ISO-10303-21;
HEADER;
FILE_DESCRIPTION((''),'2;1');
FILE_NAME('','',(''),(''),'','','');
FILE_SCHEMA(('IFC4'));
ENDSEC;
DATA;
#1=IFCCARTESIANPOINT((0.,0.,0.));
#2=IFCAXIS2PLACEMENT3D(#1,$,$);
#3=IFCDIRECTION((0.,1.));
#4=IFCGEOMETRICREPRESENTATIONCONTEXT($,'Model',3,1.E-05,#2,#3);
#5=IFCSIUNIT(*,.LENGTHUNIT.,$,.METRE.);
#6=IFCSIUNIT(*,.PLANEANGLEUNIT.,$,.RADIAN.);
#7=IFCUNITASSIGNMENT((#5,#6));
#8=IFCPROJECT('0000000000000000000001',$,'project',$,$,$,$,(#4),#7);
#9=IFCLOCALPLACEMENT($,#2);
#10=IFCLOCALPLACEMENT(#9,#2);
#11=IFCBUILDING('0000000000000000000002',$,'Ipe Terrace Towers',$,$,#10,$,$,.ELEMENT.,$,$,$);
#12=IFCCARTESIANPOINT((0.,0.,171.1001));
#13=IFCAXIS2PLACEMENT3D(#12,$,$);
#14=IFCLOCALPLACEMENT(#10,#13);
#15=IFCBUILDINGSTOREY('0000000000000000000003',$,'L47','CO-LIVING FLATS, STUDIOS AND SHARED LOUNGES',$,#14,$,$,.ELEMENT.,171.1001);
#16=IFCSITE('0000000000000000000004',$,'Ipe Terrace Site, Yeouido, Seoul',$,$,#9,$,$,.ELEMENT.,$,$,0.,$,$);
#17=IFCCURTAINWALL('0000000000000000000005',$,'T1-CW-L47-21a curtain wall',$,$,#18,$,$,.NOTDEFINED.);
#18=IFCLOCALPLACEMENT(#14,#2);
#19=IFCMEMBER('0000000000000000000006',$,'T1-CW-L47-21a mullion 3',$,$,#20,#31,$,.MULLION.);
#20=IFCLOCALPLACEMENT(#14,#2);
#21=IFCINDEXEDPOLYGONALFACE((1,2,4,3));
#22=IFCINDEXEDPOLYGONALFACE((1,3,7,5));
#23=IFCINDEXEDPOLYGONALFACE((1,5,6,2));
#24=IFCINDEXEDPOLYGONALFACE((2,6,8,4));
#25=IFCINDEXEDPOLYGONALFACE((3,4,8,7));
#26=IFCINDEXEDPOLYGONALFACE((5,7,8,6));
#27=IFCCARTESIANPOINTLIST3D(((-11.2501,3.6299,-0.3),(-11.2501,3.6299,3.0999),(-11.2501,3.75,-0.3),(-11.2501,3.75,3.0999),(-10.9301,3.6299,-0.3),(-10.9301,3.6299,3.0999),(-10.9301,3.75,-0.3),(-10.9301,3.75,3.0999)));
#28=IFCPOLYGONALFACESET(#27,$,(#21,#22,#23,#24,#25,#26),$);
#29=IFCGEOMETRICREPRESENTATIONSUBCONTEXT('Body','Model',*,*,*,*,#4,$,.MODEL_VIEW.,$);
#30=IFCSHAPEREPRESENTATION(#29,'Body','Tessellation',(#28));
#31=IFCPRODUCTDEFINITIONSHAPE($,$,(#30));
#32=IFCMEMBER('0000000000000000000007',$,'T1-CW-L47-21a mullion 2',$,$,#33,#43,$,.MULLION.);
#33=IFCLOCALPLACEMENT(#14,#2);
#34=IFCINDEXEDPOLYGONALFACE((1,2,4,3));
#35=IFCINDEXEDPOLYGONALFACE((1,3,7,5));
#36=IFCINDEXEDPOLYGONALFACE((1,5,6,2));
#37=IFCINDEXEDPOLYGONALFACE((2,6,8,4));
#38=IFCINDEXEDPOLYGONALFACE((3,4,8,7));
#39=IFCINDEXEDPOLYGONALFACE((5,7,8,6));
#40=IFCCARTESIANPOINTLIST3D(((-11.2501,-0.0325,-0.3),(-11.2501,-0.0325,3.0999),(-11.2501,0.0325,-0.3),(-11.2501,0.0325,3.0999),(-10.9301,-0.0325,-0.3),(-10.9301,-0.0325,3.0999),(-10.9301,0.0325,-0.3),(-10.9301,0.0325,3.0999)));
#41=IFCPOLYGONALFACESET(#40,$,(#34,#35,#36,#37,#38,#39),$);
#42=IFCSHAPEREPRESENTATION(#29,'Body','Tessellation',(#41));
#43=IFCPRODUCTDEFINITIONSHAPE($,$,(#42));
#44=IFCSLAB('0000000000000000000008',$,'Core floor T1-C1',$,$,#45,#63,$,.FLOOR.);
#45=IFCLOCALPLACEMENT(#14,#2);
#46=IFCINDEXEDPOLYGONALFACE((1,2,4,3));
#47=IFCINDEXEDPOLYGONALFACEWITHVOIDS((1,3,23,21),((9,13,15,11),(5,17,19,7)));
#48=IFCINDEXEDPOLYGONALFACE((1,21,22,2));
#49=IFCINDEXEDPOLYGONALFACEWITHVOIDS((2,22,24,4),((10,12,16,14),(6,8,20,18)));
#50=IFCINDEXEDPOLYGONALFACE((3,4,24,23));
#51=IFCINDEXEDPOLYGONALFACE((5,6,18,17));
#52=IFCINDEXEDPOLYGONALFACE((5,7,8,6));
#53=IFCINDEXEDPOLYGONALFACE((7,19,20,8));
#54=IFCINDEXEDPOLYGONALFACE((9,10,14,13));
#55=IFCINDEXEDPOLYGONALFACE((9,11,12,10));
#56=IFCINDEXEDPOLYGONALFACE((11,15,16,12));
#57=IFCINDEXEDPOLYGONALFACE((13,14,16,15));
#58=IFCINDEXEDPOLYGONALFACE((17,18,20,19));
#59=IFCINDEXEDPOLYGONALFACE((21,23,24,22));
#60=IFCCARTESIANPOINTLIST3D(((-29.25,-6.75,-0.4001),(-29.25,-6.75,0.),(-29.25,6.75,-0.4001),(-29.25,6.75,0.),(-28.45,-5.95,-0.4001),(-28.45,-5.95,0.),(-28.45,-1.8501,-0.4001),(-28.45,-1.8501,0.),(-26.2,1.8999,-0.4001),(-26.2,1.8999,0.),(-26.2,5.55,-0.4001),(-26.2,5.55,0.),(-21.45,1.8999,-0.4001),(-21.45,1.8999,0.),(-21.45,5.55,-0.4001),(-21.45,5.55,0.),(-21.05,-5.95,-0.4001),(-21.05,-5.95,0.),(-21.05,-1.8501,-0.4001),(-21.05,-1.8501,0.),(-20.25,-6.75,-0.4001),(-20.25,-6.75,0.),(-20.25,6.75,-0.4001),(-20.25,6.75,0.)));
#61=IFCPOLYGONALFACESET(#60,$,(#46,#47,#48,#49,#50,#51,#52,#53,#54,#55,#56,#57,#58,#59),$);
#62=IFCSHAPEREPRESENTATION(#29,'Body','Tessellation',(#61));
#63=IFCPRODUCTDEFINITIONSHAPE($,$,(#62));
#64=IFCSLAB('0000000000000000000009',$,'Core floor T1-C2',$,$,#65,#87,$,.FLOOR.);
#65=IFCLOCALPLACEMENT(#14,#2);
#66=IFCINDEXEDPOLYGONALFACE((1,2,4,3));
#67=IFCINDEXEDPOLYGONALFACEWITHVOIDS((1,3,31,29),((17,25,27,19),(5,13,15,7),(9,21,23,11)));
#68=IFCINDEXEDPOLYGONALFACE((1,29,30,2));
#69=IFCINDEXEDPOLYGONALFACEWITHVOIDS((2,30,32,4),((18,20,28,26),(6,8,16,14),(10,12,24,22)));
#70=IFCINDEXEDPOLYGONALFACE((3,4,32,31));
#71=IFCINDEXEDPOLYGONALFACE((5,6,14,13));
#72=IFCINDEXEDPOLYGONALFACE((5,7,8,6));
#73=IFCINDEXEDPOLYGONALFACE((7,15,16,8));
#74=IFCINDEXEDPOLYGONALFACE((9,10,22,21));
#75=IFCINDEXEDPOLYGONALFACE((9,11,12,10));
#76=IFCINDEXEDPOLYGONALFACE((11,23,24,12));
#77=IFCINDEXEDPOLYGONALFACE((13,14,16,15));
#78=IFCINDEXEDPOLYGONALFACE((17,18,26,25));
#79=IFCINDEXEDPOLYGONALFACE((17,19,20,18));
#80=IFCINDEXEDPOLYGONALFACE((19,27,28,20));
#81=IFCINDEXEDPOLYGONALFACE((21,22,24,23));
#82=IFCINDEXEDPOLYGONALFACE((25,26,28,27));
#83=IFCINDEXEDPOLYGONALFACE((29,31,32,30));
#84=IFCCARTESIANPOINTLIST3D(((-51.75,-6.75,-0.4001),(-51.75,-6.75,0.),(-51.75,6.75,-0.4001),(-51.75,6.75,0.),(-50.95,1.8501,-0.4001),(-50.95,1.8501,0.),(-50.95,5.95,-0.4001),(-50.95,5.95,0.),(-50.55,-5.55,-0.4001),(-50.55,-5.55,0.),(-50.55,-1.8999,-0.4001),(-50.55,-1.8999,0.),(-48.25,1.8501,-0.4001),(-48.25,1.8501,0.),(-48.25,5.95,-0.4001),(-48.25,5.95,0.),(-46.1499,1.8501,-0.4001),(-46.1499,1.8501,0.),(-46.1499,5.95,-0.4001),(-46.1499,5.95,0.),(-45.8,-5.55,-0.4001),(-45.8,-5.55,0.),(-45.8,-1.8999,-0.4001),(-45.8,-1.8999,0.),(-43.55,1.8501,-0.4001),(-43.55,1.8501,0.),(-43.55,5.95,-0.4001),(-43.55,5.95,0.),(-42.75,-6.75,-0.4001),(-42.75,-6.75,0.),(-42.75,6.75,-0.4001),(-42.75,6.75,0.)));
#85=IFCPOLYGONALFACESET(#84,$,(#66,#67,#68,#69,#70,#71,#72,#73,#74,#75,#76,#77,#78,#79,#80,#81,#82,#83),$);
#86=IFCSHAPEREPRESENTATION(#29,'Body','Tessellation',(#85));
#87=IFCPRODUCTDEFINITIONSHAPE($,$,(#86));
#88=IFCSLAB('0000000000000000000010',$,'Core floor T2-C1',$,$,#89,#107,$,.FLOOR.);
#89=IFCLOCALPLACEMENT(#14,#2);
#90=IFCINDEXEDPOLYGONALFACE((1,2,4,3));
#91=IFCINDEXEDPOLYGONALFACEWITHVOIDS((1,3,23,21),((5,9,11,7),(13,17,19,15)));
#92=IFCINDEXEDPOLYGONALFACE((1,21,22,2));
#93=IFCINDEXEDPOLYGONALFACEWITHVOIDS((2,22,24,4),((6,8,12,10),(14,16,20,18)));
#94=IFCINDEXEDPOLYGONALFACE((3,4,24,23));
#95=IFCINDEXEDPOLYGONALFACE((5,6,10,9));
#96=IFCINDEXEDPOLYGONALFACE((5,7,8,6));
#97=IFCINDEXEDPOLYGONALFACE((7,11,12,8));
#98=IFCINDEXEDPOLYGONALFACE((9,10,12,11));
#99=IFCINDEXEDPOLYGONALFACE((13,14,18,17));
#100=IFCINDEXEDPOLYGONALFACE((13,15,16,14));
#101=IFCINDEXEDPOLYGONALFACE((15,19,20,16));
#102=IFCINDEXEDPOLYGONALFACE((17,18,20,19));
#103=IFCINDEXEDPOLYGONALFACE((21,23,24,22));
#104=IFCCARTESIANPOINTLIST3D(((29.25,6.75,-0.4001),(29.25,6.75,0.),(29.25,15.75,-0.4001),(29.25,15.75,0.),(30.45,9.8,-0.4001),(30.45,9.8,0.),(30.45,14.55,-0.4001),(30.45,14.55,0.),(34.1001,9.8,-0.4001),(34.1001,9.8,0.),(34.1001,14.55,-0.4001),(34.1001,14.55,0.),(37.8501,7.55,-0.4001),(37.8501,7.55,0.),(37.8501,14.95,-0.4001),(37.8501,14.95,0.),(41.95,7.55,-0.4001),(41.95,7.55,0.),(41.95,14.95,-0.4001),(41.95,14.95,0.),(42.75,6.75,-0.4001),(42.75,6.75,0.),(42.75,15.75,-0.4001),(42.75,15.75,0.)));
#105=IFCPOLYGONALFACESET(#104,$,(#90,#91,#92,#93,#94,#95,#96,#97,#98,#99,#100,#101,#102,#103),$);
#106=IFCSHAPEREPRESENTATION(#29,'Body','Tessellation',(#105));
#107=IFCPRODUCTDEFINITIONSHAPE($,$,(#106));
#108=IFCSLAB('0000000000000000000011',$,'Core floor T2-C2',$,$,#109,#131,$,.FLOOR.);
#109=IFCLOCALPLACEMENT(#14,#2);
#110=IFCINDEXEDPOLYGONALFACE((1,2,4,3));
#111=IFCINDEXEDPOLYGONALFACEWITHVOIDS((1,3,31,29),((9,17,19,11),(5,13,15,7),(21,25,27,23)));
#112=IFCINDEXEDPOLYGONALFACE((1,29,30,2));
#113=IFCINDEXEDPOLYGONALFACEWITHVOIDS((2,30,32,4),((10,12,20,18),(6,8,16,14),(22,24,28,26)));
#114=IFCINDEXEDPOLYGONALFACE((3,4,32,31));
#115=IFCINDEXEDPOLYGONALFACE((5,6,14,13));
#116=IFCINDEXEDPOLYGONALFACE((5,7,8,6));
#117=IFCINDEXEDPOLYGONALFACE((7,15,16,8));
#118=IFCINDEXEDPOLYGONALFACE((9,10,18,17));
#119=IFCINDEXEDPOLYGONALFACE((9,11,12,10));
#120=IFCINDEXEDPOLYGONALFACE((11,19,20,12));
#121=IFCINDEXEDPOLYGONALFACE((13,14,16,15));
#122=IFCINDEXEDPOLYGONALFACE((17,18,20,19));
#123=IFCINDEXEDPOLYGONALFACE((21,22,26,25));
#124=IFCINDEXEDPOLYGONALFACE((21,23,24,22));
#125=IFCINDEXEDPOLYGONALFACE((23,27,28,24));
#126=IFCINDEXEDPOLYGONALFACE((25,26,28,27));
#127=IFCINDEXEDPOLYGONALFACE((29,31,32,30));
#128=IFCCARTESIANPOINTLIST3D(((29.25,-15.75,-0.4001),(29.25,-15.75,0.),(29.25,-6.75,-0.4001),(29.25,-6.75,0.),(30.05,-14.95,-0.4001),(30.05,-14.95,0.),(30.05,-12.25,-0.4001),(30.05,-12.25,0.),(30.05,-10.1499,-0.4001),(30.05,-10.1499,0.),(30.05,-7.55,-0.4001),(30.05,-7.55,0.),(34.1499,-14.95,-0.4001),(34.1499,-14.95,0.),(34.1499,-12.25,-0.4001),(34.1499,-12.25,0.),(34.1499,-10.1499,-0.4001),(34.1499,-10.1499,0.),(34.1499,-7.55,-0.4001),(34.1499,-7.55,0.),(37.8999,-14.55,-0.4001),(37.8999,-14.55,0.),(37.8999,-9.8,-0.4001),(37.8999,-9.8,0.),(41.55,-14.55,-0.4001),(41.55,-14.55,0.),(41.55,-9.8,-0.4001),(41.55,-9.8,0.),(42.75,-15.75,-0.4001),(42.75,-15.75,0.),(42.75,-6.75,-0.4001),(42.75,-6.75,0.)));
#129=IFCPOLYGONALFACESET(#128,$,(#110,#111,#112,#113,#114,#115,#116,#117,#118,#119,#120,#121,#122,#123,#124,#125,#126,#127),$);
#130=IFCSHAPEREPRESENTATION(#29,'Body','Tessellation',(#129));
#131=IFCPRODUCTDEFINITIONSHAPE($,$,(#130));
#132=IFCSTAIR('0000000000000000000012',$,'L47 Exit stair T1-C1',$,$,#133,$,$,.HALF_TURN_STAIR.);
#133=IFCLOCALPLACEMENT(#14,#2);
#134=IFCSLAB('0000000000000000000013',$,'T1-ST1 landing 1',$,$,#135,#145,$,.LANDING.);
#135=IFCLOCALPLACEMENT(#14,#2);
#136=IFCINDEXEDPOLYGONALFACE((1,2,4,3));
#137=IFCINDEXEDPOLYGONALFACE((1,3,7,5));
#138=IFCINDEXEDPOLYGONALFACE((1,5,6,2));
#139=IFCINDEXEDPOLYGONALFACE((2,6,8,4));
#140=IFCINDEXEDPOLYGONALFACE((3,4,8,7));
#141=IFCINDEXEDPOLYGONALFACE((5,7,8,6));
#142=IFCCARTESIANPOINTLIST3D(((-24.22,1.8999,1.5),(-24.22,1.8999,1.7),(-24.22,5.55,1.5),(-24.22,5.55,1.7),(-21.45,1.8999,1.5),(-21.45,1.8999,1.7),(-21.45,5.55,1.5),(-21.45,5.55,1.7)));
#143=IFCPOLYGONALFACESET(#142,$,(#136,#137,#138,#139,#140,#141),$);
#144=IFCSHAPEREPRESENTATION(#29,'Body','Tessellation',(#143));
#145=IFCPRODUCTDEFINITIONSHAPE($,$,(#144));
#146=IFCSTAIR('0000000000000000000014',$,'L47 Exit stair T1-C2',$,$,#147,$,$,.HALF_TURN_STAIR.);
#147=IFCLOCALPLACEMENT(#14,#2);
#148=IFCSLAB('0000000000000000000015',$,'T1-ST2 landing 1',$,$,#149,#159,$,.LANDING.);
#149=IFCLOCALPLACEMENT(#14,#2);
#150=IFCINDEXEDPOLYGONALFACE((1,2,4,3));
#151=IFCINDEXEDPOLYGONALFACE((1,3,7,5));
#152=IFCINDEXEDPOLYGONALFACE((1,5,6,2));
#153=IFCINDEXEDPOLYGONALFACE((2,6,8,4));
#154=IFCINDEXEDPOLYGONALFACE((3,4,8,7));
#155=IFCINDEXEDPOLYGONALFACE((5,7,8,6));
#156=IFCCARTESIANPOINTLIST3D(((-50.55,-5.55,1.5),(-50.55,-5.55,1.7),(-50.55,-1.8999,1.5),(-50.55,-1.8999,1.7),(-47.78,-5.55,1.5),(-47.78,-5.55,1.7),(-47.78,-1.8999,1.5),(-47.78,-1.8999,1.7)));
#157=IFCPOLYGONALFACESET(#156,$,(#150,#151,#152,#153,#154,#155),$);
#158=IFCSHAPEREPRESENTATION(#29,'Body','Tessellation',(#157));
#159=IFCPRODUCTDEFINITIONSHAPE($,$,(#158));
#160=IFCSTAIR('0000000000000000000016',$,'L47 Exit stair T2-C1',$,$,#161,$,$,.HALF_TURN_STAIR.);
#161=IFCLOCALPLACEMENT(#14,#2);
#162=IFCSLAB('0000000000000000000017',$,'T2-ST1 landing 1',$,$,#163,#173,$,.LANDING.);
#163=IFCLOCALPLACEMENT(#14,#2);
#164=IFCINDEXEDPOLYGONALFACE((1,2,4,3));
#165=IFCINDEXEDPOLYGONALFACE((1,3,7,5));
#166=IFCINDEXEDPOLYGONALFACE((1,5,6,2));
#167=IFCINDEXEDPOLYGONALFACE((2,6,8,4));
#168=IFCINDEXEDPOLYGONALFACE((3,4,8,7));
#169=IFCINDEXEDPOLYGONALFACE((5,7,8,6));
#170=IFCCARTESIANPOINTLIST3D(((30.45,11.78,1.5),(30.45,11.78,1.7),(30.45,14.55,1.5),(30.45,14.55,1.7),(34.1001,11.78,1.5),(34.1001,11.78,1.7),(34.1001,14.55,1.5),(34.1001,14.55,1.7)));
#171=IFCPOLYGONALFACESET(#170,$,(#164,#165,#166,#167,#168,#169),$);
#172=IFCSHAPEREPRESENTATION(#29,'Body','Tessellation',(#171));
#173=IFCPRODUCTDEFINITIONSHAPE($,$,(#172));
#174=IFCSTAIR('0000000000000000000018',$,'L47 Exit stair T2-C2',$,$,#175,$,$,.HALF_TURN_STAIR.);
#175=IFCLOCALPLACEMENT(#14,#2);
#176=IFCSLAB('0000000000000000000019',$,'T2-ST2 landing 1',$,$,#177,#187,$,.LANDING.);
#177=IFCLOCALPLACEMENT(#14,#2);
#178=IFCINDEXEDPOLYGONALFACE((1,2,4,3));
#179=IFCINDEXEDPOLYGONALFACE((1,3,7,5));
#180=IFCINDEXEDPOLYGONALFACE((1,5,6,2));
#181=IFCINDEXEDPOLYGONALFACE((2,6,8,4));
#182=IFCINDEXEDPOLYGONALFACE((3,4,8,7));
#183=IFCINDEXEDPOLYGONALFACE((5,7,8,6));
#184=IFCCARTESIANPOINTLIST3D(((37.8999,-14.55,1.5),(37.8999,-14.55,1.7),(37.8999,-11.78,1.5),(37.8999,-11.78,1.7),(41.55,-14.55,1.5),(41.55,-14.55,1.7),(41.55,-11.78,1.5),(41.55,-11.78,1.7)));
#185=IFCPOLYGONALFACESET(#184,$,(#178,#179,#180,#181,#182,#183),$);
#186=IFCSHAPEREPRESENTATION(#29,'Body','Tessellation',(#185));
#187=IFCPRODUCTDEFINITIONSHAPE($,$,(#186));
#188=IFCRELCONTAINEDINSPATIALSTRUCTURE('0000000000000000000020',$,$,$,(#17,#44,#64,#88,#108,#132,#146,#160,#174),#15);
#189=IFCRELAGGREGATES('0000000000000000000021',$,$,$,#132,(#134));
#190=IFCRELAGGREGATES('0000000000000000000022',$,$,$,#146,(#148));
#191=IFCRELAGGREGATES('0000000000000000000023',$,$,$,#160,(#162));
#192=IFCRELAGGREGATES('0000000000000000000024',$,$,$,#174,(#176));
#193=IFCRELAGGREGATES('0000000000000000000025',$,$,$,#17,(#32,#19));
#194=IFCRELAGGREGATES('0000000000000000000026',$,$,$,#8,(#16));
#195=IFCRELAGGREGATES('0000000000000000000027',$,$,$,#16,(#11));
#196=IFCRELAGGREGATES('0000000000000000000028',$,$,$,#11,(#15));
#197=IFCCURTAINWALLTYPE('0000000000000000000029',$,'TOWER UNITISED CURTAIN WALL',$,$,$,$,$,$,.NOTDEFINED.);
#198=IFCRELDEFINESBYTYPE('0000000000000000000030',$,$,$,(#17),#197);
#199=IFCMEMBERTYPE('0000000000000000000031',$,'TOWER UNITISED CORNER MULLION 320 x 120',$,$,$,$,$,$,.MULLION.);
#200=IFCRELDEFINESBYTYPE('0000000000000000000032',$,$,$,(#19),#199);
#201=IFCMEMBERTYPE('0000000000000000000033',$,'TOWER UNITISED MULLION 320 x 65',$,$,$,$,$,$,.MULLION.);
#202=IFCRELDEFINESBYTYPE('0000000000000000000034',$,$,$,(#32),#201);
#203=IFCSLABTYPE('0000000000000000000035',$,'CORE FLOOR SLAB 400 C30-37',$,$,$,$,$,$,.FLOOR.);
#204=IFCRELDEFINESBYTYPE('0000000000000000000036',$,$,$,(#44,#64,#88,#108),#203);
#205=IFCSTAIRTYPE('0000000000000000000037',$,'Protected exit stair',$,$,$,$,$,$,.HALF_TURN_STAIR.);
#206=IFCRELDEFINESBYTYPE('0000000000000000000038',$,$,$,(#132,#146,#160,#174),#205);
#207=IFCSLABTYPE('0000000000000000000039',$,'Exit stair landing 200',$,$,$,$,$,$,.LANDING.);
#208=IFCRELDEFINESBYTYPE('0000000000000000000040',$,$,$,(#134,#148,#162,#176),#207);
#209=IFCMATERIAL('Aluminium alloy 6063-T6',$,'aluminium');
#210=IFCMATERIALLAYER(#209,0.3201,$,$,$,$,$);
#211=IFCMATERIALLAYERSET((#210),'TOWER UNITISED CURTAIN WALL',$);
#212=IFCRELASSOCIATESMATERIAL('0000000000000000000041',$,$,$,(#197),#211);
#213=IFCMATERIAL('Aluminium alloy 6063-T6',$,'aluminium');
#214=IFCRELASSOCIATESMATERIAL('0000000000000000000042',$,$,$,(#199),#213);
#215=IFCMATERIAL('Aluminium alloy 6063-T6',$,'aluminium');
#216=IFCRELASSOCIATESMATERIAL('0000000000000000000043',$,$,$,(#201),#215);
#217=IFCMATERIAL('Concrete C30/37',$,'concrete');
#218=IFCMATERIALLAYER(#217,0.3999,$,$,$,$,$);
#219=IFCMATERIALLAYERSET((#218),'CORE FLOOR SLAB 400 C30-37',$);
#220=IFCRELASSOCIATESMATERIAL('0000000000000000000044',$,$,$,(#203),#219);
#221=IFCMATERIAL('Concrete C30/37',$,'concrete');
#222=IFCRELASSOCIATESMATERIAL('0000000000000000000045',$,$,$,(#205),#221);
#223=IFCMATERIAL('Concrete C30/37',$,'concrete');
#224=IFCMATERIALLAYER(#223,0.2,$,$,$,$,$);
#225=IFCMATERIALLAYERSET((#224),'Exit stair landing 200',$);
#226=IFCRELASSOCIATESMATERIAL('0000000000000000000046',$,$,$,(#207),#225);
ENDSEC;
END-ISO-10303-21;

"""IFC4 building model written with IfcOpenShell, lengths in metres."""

from ifc_helpers import new_model, si_unit, direction, frame, origin, origin_2d, place, context, subcontext, project, spatial, polyline, rectangle, outline, extrude, material, layer, layer_set, material_profile, profile_set, type_object, element, aggregate, save


model = new_model("IFC4")

# Units and contexts
model_context = context("Model", 3, precision=1e-05, world=origin(), true_north=direction((0.0, 1.0)))
body_context = subcontext(model_context, "Body", "Model", "MODEL_VIEW")
ifc_project = project(units=[si_unit("LENGTHUNIT", "METRE"), si_unit("PLANEANGLEUNIT", "RADIAN")], contexts=[model_context])

# Site, building, storey
site_placement = place(None, origin())
site = spatial("IfcSite", under=ifc_project, at=site_placement, Name="Ipe Terrace Site, Yeouido, Seoul", CompositionType="ELEMENT", RefElevation=0.0)
building_placement = place(site_placement, origin())
building = spatial("IfcBuilding", under=site, at=building_placement, Name="Ipe Terrace Towers", CompositionType="ELEMENT")
storey_placement = place(building_placement, frame((0.0, 0.0, 171.1001)))
storey = spatial("IfcBuildingStorey", under=building, at=storey_placement, Name="L47", Description="CO-LIVING FLATS, STUDIOS AND SHARED LOUNGES", CompositionType="ELEMENT", Elevation=171.1001)

# Curtain wall, members
ifc_material_1 = material(Name="Aluminium alloy 6063-T6", Category="aluminium")
ifc_layer_1 = layer(ifc_material_1, 0.3201)
ifc_layer_set_1 = layer_set([ifc_layer_1], Name="TOWER UNITISED CURTAIN WALL")
curtain_wall_type = type_object("IfcCurtainWallType", Name="TOWER UNITISED CURTAIN WALL", PredefinedType="NOTDEFINED", material=ifc_layer_set_1)
curtain_wall_placement = place(storey_placement, origin())
curtain_wall = element("IfcCurtainWall", 1, at=curtain_wall_placement, inside=storey, type_object=curtain_wall_type, Name="T1-CW-L47-21a curtain wall", PredefinedType="NOTDEFINED")
ifc_material_2 = material(Name="Aluminium alloy 6063-T6", Category="aluminium")
ifc_material_profile_1 = material_profile(ifc_material_2, rectangle(XDim=0.3201, YDim=0.1201, at=origin_2d()), Name="TOWER UNITISED CORNER MULLION 320 x 120")
ifc_profile_set_1 = profile_set([ifc_material_profile_1], Name="Aluminium alloy 6063-T6")
member_type_1 = type_object("IfcMemberType", Name="TOWER UNITISED CORNER MULLION 320 x 120", PredefinedType="MULLION", material=ifc_profile_set_1)
member_1_placement = place(storey_placement, frame((-11.0901, 3.6899, -0.3), z_axis=(0.0, 0.0, 1.0), x_axis=(1.0, 0.0, 0.0)))
member_1 = element("IfcMember", 2, at=member_1_placement, type_object=member_type_1, Name="T1-CW-L47-21a mullion 3", PredefinedType="MULLION", context=body_context, shape_type="SweptSolid", body=[
    extrude(rectangle(XDim=0.3201, YDim=0.1201, at=origin_2d()), origin(), (0.0, 0.0, 1.0), 3.3999),
])
ifc_material_3 = material(Name="Aluminium alloy 6063-T6", Category="aluminium")
ifc_material_profile_2 = material_profile(ifc_material_3, rectangle(XDim=0.3201, YDim=0.0649, at=origin_2d()), Name="TOWER UNITISED MULLION 320 x 65")
ifc_profile_set_2 = profile_set([ifc_material_profile_2], Name="Aluminium alloy 6063-T6")
member_type_2 = type_object("IfcMemberType", Name="TOWER UNITISED MULLION 320 x 65", PredefinedType="MULLION", material=ifc_profile_set_2)
member_2_placement = place(storey_placement, frame((-11.0901, 0.0, -0.3), z_axis=(0.0, 0.0, 1.0), x_axis=(1.0, 0.0, 0.0)))
member_2 = element("IfcMember", 3, at=member_2_placement, type_object=member_type_2, Name="T1-CW-L47-21a mullion 2", PredefinedType="MULLION", context=body_context, shape_type="SweptSolid", body=[
    extrude(rectangle(XDim=0.3201, YDim=0.0649, at=origin_2d()), origin(), (0.0, 0.0, 1.0), 3.3999),
])

# Slabs
ifc_material_4 = material(Name="Concrete C30/37", Category="concrete")
ifc_layer_2 = layer(ifc_material_4, 0.3999)
ifc_layer_set_2 = layer_set([ifc_layer_2], Name="CORE FLOOR SLAB 400 C30-37")
slab_type_1 = type_object("IfcSlabType", Name="CORE FLOOR SLAB 400 C30-37", PredefinedType="FLOOR", material=ifc_layer_set_2)
slab_1_placement = place(storey_placement, frame((0.0, 0.0, -0.4001)))
element("IfcSlab", 4, at=slab_1_placement, inside=storey, type_object=slab_type_1, Name="Core floor T1-C1", PredefinedType="FLOOR", context=body_context, shape_type="SweptSolid", body=[
    extrude(outline(polyline([(-29.25, -6.75), (-29.25, 6.75), (-20.25, 6.75), (-20.25, -6.75), (-29.25, -6.75)]), holes=[polyline([(-28.45, -5.95), (-21.05, -5.95), (-21.05, -1.8501), (-28.45, -1.8501), (-28.45, -5.95)]), polyline([(-26.2, 5.55), (-26.2, 1.8999), (-21.45, 1.8999), (-21.45, 5.55), (-26.2, 5.55)])]), origin(), (0.0, 0.0, 1.0), 0.4001),
])
slab_2_placement = place(storey_placement, frame((0.0, 0.0, -0.4001)))
element("IfcSlab", 5, at=slab_2_placement, inside=storey, type_object=slab_type_1, Name="Core floor T1-C2", PredefinedType="FLOOR", context=body_context, shape_type="SweptSolid", body=[
    extrude(outline(polyline([(-51.75, -6.75), (-51.75, 6.75), (-42.75, 6.75), (-42.75, -6.75), (-51.75, -6.75)]), holes=[polyline([(-45.8, -1.8999), (-50.55, -1.8999), (-50.55, -5.55), (-45.8, -5.55), (-45.8, -1.8999)]), polyline([(-48.25, 1.8501), (-48.25, 5.95), (-50.95, 5.95), (-50.95, 1.8501), (-48.25, 1.8501)]), polyline([(-43.55, 1.8501), (-43.55, 5.95), (-46.1499, 5.95), (-46.1499, 1.8501), (-43.55, 1.8501)])]), origin(), (0.0, 0.0, 1.0), 0.4001),
])
slab_3_placement = place(storey_placement, frame((0.0, 0.0, -0.4001)))
element("IfcSlab", 6, at=slab_3_placement, inside=storey, type_object=slab_type_1, Name="Core floor T2-C1", PredefinedType="FLOOR", context=body_context, shape_type="SweptSolid", body=[
    extrude(outline(polyline([(29.25, 6.75), (29.25, 15.75), (42.75, 15.75), (42.75, 6.75), (29.25, 6.75)]), holes=[polyline([(41.95, 7.55), (41.95, 14.95), (37.8501, 14.95), (37.8501, 7.55), (41.95, 7.55)]), polyline([(30.45, 9.8), (34.1001, 9.8), (34.1001, 14.55), (30.45, 14.55), (30.45, 9.8)])]), origin(), (0.0, 0.0, 1.0), 0.4001),
])
slab_4_placement = place(storey_placement, frame((0.0, 0.0, -0.4001)))
element("IfcSlab", 7, at=slab_4_placement, inside=storey, type_object=slab_type_1, Name="Core floor T2-C2", PredefinedType="FLOOR", context=body_context, shape_type="SweptSolid", body=[
    extrude(outline(polyline([(29.25, -15.75), (29.25, -6.75), (42.75, -6.75), (42.75, -15.75), (29.25, -15.75)]), holes=[polyline([(30.05, -12.25), (30.05, -14.95), (34.1499, -14.95), (34.1499, -12.25), (30.05, -12.25)]), polyline([(41.55, -9.8), (37.8999, -9.8), (37.8999, -14.55), (41.55, -14.55), (41.55, -9.8)]), polyline([(34.1499, -7.55), (30.05, -7.55), (30.05, -10.1499), (34.1499, -10.1499), (34.1499, -7.55)])]), origin(), (0.0, 0.0, 1.0), 0.4001),
])

# Stairs, slabs
ifc_material_5 = material(Name="Concrete C30/37", Category="concrete")
stair_type = type_object("IfcStairType", Name="Protected exit stair", PredefinedType="HALF_TURN_STAIR", material=ifc_material_5)
stair_1_placement = place(storey_placement, origin())
stair_1 = element("IfcStair", 8, at=stair_1_placement, inside=storey, type_object=stair_type, Name="L47 Exit stair T1-C1", PredefinedType="HALF_TURN_STAIR")
ifc_material_6 = material(Name="Concrete C30/37", Category="concrete")
ifc_layer_3 = layer(ifc_material_6, 0.2)
ifc_layer_set_3 = layer_set([ifc_layer_3], Name="Exit stair landing 200")
slab_type_2 = type_object("IfcSlabType", Name="Exit stair landing 200", PredefinedType="LANDING", material=ifc_layer_set_3)
slab_5_placement = place(storey_placement, frame((0.0, 0.0, 1.5)))
slab_5 = element("IfcSlab", 9, at=slab_5_placement, type_object=slab_type_2, Name="T1-ST1 landing 1", PredefinedType="LANDING", context=body_context, shape_type="SweptSolid", body=[
    extrude(outline(polyline([(-24.22, 1.8999), (-21.45, 1.8999), (-21.45, 5.55), (-24.22, 5.55), (-24.22, 1.8999)])), origin(), (0.0, 0.0, 1.0), 0.2),
])
aggregate(stair_1, [slab_5])
stair_2_placement = place(storey_placement, origin())
stair_2 = element("IfcStair", 10, at=stair_2_placement, inside=storey, type_object=stair_type, Name="L47 Exit stair T1-C2", PredefinedType="HALF_TURN_STAIR")
slab_6_placement = place(storey_placement, frame((0.0, 0.0, 1.5)))
slab_6 = element("IfcSlab", 11, at=slab_6_placement, type_object=slab_type_2, Name="T1-ST2 landing 1", PredefinedType="LANDING", context=body_context, shape_type="SweptSolid", body=[
    extrude(outline(polyline([(-47.78, -1.8999), (-50.55, -1.8999), (-50.55, -5.55), (-47.78, -5.55), (-47.78, -1.8999)])), origin(), (0.0, 0.0, 1.0), 0.2),
])
aggregate(stair_2, [slab_6])
stair_3_placement = place(storey_placement, origin())
stair_3 = element("IfcStair", 12, at=stair_3_placement, inside=storey, type_object=stair_type, Name="L47 Exit stair T2-C1", PredefinedType="HALF_TURN_STAIR")
slab_7_placement = place(storey_placement, frame((0.0, 0.0, 1.5)))
slab_7 = element("IfcSlab", 13, at=slab_7_placement, type_object=slab_type_2, Name="T2-ST1 landing 1", PredefinedType="LANDING", context=body_context, shape_type="SweptSolid", body=[
    extrude(outline(polyline([(34.1001, 11.78), (34.1001, 14.55), (30.45, 14.55), (30.45, 11.78), (34.1001, 11.78)])), origin(), (0.0, 0.0, 1.0), 0.2),
])
aggregate(stair_3, [slab_7])
stair_4_placement = place(storey_placement, origin())
stair_4 = element("IfcStair", 14, at=stair_4_placement, inside=storey, type_object=stair_type, Name="L47 Exit stair T2-C2", PredefinedType="HALF_TURN_STAIR")
slab_8_placement = place(storey_placement, frame((0.0, 0.0, 1.5)))
slab_8 = element("IfcSlab", 15, at=slab_8_placement, type_object=slab_type_2, Name="T2-ST2 landing 1", PredefinedType="LANDING", context=body_context, shape_type="SweptSolid", body=[
    extrude(outline(polyline([(37.8999, -11.78), (37.8999, -14.55), (41.55, -14.55), (41.55, -11.78), (37.8999, -11.78)])), origin(), (0.0, 0.0, 1.0), 0.2),
])
aggregate(stair_4, [slab_8])

aggregate(curtain_wall, [member_2, member_1])

save(model, "model.ifc")
